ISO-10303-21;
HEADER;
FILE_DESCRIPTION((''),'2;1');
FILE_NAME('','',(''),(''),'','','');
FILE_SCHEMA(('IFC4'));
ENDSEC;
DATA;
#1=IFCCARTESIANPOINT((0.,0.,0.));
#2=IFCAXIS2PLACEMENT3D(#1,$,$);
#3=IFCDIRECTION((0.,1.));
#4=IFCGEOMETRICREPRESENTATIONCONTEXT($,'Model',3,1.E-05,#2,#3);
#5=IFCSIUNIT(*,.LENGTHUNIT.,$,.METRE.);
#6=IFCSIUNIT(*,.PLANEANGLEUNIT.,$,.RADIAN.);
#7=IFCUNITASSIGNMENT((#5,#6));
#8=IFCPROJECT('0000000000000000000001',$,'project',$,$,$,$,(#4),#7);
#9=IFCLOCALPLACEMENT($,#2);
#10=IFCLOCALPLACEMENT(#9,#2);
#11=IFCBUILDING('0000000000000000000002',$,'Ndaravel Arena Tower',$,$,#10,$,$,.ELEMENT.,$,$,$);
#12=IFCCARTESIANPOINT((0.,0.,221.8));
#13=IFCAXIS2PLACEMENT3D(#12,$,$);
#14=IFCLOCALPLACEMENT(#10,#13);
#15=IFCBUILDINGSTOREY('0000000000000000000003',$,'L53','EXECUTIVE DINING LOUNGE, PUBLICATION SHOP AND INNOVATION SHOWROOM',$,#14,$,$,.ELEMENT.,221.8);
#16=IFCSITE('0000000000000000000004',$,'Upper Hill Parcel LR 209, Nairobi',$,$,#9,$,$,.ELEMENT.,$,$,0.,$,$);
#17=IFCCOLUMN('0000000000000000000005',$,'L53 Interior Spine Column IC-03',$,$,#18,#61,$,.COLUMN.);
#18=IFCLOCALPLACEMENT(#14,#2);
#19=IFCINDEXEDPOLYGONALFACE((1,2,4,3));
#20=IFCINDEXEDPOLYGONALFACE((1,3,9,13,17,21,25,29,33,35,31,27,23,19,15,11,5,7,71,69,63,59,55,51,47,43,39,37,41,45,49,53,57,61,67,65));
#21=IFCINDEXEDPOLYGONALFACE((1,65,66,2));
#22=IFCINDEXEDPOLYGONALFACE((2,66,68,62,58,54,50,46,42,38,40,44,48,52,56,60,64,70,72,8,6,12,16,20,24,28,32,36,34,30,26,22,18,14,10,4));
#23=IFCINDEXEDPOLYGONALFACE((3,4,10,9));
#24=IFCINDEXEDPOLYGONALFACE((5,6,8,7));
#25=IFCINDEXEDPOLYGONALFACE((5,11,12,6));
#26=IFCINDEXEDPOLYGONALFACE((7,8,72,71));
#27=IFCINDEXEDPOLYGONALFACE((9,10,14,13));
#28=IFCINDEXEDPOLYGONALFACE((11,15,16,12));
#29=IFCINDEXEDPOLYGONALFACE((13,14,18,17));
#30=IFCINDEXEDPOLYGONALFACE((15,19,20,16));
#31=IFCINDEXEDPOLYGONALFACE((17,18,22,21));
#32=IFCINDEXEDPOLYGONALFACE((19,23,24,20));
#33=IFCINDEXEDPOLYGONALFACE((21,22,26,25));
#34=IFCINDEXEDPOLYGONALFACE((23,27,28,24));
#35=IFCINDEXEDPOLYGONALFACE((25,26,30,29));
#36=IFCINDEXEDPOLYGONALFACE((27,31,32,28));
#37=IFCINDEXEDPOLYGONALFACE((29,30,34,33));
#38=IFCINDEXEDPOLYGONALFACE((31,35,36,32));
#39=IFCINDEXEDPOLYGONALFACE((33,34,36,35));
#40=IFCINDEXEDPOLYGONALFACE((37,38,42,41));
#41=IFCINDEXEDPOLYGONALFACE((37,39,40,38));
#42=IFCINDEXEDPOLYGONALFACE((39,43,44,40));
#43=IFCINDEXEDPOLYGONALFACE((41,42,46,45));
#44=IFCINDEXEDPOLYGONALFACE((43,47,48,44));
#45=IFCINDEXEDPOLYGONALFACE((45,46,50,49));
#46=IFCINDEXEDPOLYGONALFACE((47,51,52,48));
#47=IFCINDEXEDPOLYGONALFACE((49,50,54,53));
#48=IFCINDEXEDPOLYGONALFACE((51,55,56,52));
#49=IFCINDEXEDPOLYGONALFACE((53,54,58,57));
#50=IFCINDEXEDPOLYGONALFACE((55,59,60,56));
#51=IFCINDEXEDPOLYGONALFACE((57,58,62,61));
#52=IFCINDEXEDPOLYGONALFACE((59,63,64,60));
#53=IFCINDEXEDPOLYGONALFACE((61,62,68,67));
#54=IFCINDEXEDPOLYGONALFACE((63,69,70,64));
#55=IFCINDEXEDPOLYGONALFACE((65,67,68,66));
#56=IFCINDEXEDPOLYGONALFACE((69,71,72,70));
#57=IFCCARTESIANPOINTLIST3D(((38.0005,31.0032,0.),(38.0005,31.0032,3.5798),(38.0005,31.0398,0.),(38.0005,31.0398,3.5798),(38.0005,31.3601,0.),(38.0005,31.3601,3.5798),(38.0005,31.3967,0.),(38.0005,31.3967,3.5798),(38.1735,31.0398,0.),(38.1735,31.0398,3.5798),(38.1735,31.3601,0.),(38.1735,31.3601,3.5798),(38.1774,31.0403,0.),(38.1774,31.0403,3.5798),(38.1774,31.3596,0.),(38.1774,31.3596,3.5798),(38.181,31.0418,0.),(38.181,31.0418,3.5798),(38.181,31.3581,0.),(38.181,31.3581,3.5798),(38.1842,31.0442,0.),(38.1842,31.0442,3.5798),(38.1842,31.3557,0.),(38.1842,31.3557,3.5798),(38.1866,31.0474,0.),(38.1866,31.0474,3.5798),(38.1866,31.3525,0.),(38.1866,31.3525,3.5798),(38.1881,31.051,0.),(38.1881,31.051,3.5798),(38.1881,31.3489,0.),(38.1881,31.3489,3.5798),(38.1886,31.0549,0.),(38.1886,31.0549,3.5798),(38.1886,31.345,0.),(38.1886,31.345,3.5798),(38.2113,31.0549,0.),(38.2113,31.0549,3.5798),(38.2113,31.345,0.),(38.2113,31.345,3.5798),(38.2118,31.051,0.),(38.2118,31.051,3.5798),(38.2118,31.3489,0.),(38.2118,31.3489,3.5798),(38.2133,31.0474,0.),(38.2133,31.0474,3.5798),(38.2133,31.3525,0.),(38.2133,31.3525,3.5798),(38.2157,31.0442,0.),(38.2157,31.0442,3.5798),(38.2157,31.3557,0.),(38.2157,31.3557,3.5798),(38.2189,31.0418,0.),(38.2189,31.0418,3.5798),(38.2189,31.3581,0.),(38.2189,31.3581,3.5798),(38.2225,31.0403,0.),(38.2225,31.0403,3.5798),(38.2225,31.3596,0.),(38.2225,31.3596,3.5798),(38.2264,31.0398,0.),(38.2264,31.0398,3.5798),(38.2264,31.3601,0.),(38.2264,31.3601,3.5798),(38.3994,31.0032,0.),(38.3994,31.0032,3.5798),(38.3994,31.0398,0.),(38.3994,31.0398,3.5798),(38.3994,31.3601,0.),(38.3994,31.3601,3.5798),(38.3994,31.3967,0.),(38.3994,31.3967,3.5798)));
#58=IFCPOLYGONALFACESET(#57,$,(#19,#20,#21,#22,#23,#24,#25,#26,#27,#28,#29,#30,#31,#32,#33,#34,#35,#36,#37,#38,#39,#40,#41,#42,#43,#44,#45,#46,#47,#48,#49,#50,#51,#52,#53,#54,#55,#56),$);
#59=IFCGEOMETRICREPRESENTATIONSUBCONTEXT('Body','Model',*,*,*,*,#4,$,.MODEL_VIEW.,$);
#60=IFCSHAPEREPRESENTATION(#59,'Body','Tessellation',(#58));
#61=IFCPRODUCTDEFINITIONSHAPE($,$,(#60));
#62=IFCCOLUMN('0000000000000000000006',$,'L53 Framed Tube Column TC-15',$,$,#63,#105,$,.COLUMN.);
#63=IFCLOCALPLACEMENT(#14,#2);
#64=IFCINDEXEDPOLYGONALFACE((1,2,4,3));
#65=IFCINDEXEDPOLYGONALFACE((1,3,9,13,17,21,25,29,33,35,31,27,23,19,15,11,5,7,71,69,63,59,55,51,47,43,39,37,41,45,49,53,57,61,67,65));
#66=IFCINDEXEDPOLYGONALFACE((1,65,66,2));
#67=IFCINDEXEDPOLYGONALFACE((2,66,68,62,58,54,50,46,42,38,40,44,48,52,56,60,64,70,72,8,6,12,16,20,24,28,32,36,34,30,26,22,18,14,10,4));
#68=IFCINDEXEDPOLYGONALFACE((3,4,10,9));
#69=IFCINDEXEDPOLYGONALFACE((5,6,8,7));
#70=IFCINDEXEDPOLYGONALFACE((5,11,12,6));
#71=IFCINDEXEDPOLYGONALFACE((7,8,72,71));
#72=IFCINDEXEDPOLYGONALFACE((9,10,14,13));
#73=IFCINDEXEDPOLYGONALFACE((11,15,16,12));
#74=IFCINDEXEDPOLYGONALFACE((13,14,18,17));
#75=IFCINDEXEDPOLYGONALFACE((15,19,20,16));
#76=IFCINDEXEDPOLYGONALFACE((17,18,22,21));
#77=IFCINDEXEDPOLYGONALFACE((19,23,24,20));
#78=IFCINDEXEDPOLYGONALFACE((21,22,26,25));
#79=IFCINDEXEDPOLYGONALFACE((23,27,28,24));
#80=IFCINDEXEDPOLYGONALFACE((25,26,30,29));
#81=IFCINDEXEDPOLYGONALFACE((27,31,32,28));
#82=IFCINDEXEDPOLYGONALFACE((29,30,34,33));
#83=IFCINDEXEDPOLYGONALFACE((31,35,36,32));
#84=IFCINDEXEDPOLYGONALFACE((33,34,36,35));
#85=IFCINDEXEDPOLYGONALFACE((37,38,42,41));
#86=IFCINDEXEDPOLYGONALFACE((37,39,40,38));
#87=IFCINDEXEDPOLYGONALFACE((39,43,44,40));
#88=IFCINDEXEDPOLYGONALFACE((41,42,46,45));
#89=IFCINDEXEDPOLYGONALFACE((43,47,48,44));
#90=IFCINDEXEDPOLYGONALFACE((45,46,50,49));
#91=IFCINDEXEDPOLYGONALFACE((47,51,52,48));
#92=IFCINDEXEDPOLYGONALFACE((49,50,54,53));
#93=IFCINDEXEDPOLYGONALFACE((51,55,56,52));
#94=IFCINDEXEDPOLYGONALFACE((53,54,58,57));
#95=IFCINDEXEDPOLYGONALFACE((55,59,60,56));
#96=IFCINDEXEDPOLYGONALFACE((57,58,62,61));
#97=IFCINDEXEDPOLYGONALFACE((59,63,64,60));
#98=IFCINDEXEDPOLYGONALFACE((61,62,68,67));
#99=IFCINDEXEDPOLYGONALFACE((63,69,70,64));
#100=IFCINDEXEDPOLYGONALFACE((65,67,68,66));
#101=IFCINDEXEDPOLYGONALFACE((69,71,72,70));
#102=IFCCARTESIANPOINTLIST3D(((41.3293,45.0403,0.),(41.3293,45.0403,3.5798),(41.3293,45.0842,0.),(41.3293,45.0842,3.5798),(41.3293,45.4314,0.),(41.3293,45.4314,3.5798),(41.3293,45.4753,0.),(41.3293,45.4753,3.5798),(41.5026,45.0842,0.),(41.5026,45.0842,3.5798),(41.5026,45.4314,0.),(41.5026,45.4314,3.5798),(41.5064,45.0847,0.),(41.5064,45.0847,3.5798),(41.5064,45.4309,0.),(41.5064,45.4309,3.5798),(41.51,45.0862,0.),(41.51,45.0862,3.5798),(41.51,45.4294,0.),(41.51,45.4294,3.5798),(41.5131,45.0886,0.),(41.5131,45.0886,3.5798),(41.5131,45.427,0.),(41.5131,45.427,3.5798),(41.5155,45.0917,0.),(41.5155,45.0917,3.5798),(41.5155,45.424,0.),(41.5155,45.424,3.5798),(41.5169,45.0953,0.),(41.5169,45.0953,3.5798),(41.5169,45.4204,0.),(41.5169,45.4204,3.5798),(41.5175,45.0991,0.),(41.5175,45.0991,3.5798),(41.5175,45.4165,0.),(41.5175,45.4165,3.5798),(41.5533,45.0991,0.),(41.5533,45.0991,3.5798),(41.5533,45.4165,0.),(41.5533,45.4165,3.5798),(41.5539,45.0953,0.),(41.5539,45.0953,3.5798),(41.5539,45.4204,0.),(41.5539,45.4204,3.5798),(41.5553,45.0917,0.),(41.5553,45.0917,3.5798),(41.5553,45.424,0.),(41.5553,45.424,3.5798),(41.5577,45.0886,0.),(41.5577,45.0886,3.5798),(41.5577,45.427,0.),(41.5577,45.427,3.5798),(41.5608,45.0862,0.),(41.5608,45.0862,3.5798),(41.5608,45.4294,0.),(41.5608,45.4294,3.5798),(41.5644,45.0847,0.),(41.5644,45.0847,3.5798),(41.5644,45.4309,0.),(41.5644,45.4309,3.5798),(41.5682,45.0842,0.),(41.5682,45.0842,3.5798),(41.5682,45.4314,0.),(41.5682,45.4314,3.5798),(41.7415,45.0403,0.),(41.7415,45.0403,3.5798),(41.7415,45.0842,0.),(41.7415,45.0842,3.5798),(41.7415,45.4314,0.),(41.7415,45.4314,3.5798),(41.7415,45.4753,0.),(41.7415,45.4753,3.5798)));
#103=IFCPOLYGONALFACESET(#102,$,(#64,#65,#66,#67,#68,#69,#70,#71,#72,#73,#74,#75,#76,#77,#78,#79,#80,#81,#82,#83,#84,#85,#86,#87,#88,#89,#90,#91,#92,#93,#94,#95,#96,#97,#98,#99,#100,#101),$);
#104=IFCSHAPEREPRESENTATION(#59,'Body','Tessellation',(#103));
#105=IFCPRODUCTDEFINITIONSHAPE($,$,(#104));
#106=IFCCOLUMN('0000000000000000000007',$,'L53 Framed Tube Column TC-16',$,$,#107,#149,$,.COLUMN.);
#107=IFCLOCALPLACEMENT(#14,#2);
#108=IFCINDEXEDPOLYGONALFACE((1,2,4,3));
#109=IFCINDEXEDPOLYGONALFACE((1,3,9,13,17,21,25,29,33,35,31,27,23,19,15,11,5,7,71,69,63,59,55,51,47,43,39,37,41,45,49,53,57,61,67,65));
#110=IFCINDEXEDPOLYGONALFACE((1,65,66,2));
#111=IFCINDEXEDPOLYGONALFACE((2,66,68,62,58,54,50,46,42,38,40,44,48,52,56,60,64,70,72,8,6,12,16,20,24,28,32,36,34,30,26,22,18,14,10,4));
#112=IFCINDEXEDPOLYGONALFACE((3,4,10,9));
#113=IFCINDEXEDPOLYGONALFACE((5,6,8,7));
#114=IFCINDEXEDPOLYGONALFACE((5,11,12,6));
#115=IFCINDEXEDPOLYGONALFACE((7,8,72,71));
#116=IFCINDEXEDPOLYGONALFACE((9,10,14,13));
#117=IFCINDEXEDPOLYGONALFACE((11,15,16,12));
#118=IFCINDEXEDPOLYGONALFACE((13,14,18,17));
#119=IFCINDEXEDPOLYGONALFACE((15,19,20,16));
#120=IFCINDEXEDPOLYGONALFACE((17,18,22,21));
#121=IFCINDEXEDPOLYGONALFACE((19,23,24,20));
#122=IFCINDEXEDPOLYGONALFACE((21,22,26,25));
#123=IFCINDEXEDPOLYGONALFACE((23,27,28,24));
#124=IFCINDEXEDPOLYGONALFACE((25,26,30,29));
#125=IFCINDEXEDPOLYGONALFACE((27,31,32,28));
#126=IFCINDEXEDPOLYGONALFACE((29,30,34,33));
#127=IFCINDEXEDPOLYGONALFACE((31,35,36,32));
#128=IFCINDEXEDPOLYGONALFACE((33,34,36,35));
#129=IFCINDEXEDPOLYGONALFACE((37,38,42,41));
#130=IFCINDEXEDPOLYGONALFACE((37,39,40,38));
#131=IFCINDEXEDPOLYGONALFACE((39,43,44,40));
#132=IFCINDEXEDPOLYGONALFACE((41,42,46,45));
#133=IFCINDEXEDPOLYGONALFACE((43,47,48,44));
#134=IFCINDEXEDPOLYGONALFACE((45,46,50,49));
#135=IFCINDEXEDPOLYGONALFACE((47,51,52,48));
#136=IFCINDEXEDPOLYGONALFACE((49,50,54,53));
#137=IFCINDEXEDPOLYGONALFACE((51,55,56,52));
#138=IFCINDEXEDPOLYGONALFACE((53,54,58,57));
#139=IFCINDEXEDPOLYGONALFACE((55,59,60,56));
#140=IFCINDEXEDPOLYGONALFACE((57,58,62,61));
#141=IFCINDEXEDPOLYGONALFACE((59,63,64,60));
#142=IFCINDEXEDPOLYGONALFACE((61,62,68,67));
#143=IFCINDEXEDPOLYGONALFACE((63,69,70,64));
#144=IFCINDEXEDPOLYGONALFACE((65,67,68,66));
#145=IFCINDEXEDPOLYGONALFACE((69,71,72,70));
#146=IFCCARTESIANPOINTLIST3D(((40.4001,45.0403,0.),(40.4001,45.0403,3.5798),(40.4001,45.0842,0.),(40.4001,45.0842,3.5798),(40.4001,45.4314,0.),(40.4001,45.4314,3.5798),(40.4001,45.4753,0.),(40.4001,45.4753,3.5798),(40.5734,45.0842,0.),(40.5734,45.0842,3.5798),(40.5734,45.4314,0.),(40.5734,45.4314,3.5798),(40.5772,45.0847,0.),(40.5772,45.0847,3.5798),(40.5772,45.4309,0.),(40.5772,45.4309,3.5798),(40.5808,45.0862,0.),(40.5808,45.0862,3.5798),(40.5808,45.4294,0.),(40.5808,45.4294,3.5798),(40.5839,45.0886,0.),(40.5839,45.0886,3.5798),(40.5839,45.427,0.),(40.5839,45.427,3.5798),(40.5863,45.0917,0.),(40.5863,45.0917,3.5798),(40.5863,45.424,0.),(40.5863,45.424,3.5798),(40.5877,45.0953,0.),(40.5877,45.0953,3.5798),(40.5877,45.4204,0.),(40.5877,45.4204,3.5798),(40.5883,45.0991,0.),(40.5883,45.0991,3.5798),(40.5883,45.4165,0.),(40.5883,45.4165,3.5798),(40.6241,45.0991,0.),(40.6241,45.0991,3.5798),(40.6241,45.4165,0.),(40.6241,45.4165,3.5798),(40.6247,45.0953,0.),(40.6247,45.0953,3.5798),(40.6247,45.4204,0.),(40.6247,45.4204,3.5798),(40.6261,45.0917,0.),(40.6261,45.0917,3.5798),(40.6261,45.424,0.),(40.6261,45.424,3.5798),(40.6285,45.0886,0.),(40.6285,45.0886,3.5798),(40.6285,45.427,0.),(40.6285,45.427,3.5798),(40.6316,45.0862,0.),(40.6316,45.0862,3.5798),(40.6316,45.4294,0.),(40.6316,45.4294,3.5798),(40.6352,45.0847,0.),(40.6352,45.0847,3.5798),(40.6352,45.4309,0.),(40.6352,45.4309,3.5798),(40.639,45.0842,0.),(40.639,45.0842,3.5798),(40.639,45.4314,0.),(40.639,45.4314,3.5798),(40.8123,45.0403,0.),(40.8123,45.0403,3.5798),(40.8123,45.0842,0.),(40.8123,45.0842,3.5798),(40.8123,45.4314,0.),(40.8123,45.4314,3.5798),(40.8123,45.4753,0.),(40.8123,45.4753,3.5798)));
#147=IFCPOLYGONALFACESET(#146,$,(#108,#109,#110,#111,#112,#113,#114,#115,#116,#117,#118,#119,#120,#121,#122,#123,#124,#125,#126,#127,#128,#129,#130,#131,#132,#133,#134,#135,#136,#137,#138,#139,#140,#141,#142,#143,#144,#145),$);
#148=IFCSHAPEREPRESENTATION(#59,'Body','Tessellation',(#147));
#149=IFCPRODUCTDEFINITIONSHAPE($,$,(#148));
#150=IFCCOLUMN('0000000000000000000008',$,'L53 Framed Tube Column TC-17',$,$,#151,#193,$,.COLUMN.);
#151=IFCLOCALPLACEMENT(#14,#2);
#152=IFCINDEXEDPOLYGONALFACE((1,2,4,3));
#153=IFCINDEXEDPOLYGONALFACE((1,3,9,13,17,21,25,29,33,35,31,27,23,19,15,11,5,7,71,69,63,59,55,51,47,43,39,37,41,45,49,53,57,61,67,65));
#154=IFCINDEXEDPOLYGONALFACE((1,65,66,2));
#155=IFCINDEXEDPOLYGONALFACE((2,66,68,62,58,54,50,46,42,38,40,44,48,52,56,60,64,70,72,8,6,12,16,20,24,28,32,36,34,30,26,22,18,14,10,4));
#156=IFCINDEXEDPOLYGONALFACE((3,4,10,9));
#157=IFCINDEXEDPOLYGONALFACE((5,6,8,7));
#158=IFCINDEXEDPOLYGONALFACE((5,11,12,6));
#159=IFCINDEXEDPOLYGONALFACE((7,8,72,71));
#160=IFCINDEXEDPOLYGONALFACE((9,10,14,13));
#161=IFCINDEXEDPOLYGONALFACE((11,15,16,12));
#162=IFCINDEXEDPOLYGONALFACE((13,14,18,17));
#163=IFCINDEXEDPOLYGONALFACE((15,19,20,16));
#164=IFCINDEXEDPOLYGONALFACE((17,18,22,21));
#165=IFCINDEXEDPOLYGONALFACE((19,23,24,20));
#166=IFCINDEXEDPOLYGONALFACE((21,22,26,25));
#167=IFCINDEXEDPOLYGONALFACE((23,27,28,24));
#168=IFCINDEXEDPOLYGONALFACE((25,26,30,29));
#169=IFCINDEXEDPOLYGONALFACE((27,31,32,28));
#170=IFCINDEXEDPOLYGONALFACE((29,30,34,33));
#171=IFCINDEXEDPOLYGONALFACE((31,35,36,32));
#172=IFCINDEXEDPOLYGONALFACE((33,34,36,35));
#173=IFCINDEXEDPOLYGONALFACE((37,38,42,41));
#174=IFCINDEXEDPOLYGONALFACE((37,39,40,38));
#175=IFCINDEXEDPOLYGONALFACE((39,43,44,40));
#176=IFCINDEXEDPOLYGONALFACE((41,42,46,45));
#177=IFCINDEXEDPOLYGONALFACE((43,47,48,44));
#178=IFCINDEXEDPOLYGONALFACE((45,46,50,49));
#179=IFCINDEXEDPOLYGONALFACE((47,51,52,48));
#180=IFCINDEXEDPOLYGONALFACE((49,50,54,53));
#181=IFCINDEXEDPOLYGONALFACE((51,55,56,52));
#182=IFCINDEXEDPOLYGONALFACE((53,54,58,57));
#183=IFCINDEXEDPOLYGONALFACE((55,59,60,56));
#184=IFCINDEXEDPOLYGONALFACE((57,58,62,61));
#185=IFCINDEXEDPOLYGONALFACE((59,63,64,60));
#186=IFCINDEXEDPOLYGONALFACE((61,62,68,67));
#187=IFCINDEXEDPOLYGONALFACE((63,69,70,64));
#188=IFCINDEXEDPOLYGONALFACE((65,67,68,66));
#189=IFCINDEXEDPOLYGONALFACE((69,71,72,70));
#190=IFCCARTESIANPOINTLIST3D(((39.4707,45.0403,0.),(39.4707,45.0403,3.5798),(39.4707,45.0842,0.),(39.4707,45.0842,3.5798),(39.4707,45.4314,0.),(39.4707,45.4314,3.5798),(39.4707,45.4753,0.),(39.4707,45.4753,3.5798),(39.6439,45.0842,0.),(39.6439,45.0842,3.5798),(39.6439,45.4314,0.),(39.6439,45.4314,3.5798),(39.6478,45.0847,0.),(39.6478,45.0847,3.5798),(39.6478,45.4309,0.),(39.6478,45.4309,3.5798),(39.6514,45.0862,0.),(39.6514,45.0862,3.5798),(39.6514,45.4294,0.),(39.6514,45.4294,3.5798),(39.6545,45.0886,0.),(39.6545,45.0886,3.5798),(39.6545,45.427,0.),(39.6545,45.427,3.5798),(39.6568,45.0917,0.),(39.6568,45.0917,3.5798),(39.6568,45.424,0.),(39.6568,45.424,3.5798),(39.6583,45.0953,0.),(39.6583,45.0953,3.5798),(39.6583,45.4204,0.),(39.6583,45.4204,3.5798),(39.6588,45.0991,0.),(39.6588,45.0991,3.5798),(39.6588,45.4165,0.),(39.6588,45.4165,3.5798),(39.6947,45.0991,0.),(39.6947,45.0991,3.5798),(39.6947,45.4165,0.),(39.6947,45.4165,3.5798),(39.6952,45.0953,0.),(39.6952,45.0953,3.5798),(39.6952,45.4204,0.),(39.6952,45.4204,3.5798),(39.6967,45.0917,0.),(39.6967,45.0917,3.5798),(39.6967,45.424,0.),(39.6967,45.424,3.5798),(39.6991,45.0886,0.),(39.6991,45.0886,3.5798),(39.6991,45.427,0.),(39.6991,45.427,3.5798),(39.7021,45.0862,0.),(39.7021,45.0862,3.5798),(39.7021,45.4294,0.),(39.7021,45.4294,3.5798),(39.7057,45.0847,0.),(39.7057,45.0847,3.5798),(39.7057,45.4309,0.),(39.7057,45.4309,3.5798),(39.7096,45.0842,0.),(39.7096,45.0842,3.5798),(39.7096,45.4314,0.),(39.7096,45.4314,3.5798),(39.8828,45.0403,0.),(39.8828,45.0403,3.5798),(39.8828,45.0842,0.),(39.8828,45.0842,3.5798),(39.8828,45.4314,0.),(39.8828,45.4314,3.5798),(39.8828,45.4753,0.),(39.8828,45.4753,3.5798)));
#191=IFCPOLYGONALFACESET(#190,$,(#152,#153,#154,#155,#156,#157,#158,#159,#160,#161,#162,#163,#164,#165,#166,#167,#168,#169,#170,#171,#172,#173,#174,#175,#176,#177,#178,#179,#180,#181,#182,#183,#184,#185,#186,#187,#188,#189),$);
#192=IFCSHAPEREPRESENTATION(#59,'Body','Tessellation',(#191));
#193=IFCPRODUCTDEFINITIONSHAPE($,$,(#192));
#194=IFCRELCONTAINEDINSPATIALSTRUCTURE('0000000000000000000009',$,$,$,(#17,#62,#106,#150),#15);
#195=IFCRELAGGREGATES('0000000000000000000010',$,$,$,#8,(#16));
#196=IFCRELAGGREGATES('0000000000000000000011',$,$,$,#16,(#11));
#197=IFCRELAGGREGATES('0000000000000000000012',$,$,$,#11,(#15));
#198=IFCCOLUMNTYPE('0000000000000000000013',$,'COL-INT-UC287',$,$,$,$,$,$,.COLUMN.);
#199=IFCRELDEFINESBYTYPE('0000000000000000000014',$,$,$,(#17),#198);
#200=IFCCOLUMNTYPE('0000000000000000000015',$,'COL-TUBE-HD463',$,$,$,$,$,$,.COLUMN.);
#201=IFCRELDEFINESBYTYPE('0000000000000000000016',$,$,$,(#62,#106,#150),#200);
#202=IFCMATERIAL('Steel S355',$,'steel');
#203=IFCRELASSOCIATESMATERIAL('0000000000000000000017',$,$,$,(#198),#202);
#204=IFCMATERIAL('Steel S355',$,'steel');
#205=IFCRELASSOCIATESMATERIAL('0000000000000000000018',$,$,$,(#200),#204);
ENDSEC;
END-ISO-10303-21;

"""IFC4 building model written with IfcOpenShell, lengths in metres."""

from ifc_helpers import new_model, si_unit, direction, frame, origin, origin_2d, place, context, subcontext, project, spatial, i_section, extrude, material, material_profile, profile_set, type_object, element, save


model = new_model("IFC4")

# Units and contexts
model_context = context("Model", 3, precision=1e-05, world=origin(), true_north=direction((0.0, 1.0)))
body_context = subcontext(model_context, "Body", "Model", "MODEL_VIEW")
ifc_project = project(units=[si_unit("LENGTHUNIT", "METRE"), si_unit("PLANEANGLEUNIT", "RADIAN")], contexts=[model_context])

# Site, building, storey
site_placement = place(None, origin())
site = spatial("IfcSite", under=ifc_project, at=site_placement, Name="Upper Hill Parcel LR 209, Nairobi", CompositionType="ELEMENT", RefElevation=0.0)
building_placement = place(site_placement, origin())
building = spatial("IfcBuilding", under=site, at=building_placement, Name="Ndaravel Arena Tower", CompositionType="ELEMENT")
storey_placement = place(building_placement, frame((0.0, 0.0, 221.8)))
storey = spatial("IfcBuildingStorey", under=building, at=storey_placement, Name="L53", Description="EXECUTIVE DINING LOUNGE, PUBLICATION SHOP AND INNOVATION SHOWROOM", CompositionType="ELEMENT", Elevation=221.8)

# Columns
ifc_material_1 = material(Name="Steel S355", Category="steel")
ifc_material_profile_1 = material_profile(ifc_material_1, i_section(OverallWidth=0.3989, OverallDepth=0.3936, WebThickness=0.0227, FlangeThickness=0.0366, FilletRadius=0.0151, at=origin_2d()), Name="UC 356x406x287")
ifc_profile_set_1 = profile_set([ifc_material_profile_1], Name="Steel S355")
column_type_1 = type_object("IfcColumnType", Name="COL-INT-UC287", PredefinedType="COLUMN", material=ifc_profile_set_1)
column_placement = place(storey_placement, frame((38.2, 31.2, 0.0), z_axis=(0.0, 0.0, 1.0), x_axis=(1.0, 0.0, 0.0)))
element("IfcColumn", 1, at=column_placement, inside=storey, type_object=column_type_1, Name="L53 Interior Spine Column IC-03", PredefinedType="COLUMN", context=body_context, shape_type="SweptSolid", body=[
    extrude(i_section(OverallWidth=0.3989, OverallDepth=0.3936, WebThickness=0.0227, FlangeThickness=0.0366, FilletRadius=0.0151, at=origin_2d()), origin(), (0.0, 0.0, 1.0), 3.5798),
])
ifc_material_2 = material(Name="Steel S355", Category="steel")
ifc_material_profile_2 = material_profile(ifc_material_2, i_section(OverallWidth=0.4121, OverallDepth=0.4351, WebThickness=0.0359, FlangeThickness=0.0439, FilletRadius=0.0149, at=origin_2d()), Name="HD 400x463")
ifc_profile_set_2 = profile_set([ifc_material_profile_2], Name="Steel S355")
column_type_2 = type_object("IfcColumnType", Name="COL-TUBE-HD463", PredefinedType="COLUMN", material=ifc_profile_set_2)
for number, where, z_axis, x_axis, name in (
    (2, (41.5354, 45.2578, 0.0), (0.0, 0.0, 1.0), (1.0, 0.0, 0.0), "L53 Framed Tube Column TC-15"),
    (3, (40.6062, 45.2578, 0.0), (0.0, 0.0, 1.0), (1.0, 0.0, 0.0), "L53 Framed Tube Column TC-16"),
    (4, (39.6768, 45.2578, 0.0), (0.0, 0.0, 1.0), (1.0, 0.0, 0.0), "L53 Framed Tube Column TC-17"),
):
    element("IfcColumn", number, at=place(storey_placement, frame(where, z_axis=z_axis, x_axis=x_axis)), inside=storey, type_object=column_type_2, Name=name, PredefinedType="COLUMN", context=body_context, shape_type="SweptSolid", body=[
        extrude(i_section(OverallWidth=0.4121, OverallDepth=0.4351, WebThickness=0.0359, FlangeThickness=0.0439, FilletRadius=0.0149, at=origin_2d()), origin(), (0.0, 0.0, 1.0), 3.5798),
    ])

save(model, "model.ifc")
